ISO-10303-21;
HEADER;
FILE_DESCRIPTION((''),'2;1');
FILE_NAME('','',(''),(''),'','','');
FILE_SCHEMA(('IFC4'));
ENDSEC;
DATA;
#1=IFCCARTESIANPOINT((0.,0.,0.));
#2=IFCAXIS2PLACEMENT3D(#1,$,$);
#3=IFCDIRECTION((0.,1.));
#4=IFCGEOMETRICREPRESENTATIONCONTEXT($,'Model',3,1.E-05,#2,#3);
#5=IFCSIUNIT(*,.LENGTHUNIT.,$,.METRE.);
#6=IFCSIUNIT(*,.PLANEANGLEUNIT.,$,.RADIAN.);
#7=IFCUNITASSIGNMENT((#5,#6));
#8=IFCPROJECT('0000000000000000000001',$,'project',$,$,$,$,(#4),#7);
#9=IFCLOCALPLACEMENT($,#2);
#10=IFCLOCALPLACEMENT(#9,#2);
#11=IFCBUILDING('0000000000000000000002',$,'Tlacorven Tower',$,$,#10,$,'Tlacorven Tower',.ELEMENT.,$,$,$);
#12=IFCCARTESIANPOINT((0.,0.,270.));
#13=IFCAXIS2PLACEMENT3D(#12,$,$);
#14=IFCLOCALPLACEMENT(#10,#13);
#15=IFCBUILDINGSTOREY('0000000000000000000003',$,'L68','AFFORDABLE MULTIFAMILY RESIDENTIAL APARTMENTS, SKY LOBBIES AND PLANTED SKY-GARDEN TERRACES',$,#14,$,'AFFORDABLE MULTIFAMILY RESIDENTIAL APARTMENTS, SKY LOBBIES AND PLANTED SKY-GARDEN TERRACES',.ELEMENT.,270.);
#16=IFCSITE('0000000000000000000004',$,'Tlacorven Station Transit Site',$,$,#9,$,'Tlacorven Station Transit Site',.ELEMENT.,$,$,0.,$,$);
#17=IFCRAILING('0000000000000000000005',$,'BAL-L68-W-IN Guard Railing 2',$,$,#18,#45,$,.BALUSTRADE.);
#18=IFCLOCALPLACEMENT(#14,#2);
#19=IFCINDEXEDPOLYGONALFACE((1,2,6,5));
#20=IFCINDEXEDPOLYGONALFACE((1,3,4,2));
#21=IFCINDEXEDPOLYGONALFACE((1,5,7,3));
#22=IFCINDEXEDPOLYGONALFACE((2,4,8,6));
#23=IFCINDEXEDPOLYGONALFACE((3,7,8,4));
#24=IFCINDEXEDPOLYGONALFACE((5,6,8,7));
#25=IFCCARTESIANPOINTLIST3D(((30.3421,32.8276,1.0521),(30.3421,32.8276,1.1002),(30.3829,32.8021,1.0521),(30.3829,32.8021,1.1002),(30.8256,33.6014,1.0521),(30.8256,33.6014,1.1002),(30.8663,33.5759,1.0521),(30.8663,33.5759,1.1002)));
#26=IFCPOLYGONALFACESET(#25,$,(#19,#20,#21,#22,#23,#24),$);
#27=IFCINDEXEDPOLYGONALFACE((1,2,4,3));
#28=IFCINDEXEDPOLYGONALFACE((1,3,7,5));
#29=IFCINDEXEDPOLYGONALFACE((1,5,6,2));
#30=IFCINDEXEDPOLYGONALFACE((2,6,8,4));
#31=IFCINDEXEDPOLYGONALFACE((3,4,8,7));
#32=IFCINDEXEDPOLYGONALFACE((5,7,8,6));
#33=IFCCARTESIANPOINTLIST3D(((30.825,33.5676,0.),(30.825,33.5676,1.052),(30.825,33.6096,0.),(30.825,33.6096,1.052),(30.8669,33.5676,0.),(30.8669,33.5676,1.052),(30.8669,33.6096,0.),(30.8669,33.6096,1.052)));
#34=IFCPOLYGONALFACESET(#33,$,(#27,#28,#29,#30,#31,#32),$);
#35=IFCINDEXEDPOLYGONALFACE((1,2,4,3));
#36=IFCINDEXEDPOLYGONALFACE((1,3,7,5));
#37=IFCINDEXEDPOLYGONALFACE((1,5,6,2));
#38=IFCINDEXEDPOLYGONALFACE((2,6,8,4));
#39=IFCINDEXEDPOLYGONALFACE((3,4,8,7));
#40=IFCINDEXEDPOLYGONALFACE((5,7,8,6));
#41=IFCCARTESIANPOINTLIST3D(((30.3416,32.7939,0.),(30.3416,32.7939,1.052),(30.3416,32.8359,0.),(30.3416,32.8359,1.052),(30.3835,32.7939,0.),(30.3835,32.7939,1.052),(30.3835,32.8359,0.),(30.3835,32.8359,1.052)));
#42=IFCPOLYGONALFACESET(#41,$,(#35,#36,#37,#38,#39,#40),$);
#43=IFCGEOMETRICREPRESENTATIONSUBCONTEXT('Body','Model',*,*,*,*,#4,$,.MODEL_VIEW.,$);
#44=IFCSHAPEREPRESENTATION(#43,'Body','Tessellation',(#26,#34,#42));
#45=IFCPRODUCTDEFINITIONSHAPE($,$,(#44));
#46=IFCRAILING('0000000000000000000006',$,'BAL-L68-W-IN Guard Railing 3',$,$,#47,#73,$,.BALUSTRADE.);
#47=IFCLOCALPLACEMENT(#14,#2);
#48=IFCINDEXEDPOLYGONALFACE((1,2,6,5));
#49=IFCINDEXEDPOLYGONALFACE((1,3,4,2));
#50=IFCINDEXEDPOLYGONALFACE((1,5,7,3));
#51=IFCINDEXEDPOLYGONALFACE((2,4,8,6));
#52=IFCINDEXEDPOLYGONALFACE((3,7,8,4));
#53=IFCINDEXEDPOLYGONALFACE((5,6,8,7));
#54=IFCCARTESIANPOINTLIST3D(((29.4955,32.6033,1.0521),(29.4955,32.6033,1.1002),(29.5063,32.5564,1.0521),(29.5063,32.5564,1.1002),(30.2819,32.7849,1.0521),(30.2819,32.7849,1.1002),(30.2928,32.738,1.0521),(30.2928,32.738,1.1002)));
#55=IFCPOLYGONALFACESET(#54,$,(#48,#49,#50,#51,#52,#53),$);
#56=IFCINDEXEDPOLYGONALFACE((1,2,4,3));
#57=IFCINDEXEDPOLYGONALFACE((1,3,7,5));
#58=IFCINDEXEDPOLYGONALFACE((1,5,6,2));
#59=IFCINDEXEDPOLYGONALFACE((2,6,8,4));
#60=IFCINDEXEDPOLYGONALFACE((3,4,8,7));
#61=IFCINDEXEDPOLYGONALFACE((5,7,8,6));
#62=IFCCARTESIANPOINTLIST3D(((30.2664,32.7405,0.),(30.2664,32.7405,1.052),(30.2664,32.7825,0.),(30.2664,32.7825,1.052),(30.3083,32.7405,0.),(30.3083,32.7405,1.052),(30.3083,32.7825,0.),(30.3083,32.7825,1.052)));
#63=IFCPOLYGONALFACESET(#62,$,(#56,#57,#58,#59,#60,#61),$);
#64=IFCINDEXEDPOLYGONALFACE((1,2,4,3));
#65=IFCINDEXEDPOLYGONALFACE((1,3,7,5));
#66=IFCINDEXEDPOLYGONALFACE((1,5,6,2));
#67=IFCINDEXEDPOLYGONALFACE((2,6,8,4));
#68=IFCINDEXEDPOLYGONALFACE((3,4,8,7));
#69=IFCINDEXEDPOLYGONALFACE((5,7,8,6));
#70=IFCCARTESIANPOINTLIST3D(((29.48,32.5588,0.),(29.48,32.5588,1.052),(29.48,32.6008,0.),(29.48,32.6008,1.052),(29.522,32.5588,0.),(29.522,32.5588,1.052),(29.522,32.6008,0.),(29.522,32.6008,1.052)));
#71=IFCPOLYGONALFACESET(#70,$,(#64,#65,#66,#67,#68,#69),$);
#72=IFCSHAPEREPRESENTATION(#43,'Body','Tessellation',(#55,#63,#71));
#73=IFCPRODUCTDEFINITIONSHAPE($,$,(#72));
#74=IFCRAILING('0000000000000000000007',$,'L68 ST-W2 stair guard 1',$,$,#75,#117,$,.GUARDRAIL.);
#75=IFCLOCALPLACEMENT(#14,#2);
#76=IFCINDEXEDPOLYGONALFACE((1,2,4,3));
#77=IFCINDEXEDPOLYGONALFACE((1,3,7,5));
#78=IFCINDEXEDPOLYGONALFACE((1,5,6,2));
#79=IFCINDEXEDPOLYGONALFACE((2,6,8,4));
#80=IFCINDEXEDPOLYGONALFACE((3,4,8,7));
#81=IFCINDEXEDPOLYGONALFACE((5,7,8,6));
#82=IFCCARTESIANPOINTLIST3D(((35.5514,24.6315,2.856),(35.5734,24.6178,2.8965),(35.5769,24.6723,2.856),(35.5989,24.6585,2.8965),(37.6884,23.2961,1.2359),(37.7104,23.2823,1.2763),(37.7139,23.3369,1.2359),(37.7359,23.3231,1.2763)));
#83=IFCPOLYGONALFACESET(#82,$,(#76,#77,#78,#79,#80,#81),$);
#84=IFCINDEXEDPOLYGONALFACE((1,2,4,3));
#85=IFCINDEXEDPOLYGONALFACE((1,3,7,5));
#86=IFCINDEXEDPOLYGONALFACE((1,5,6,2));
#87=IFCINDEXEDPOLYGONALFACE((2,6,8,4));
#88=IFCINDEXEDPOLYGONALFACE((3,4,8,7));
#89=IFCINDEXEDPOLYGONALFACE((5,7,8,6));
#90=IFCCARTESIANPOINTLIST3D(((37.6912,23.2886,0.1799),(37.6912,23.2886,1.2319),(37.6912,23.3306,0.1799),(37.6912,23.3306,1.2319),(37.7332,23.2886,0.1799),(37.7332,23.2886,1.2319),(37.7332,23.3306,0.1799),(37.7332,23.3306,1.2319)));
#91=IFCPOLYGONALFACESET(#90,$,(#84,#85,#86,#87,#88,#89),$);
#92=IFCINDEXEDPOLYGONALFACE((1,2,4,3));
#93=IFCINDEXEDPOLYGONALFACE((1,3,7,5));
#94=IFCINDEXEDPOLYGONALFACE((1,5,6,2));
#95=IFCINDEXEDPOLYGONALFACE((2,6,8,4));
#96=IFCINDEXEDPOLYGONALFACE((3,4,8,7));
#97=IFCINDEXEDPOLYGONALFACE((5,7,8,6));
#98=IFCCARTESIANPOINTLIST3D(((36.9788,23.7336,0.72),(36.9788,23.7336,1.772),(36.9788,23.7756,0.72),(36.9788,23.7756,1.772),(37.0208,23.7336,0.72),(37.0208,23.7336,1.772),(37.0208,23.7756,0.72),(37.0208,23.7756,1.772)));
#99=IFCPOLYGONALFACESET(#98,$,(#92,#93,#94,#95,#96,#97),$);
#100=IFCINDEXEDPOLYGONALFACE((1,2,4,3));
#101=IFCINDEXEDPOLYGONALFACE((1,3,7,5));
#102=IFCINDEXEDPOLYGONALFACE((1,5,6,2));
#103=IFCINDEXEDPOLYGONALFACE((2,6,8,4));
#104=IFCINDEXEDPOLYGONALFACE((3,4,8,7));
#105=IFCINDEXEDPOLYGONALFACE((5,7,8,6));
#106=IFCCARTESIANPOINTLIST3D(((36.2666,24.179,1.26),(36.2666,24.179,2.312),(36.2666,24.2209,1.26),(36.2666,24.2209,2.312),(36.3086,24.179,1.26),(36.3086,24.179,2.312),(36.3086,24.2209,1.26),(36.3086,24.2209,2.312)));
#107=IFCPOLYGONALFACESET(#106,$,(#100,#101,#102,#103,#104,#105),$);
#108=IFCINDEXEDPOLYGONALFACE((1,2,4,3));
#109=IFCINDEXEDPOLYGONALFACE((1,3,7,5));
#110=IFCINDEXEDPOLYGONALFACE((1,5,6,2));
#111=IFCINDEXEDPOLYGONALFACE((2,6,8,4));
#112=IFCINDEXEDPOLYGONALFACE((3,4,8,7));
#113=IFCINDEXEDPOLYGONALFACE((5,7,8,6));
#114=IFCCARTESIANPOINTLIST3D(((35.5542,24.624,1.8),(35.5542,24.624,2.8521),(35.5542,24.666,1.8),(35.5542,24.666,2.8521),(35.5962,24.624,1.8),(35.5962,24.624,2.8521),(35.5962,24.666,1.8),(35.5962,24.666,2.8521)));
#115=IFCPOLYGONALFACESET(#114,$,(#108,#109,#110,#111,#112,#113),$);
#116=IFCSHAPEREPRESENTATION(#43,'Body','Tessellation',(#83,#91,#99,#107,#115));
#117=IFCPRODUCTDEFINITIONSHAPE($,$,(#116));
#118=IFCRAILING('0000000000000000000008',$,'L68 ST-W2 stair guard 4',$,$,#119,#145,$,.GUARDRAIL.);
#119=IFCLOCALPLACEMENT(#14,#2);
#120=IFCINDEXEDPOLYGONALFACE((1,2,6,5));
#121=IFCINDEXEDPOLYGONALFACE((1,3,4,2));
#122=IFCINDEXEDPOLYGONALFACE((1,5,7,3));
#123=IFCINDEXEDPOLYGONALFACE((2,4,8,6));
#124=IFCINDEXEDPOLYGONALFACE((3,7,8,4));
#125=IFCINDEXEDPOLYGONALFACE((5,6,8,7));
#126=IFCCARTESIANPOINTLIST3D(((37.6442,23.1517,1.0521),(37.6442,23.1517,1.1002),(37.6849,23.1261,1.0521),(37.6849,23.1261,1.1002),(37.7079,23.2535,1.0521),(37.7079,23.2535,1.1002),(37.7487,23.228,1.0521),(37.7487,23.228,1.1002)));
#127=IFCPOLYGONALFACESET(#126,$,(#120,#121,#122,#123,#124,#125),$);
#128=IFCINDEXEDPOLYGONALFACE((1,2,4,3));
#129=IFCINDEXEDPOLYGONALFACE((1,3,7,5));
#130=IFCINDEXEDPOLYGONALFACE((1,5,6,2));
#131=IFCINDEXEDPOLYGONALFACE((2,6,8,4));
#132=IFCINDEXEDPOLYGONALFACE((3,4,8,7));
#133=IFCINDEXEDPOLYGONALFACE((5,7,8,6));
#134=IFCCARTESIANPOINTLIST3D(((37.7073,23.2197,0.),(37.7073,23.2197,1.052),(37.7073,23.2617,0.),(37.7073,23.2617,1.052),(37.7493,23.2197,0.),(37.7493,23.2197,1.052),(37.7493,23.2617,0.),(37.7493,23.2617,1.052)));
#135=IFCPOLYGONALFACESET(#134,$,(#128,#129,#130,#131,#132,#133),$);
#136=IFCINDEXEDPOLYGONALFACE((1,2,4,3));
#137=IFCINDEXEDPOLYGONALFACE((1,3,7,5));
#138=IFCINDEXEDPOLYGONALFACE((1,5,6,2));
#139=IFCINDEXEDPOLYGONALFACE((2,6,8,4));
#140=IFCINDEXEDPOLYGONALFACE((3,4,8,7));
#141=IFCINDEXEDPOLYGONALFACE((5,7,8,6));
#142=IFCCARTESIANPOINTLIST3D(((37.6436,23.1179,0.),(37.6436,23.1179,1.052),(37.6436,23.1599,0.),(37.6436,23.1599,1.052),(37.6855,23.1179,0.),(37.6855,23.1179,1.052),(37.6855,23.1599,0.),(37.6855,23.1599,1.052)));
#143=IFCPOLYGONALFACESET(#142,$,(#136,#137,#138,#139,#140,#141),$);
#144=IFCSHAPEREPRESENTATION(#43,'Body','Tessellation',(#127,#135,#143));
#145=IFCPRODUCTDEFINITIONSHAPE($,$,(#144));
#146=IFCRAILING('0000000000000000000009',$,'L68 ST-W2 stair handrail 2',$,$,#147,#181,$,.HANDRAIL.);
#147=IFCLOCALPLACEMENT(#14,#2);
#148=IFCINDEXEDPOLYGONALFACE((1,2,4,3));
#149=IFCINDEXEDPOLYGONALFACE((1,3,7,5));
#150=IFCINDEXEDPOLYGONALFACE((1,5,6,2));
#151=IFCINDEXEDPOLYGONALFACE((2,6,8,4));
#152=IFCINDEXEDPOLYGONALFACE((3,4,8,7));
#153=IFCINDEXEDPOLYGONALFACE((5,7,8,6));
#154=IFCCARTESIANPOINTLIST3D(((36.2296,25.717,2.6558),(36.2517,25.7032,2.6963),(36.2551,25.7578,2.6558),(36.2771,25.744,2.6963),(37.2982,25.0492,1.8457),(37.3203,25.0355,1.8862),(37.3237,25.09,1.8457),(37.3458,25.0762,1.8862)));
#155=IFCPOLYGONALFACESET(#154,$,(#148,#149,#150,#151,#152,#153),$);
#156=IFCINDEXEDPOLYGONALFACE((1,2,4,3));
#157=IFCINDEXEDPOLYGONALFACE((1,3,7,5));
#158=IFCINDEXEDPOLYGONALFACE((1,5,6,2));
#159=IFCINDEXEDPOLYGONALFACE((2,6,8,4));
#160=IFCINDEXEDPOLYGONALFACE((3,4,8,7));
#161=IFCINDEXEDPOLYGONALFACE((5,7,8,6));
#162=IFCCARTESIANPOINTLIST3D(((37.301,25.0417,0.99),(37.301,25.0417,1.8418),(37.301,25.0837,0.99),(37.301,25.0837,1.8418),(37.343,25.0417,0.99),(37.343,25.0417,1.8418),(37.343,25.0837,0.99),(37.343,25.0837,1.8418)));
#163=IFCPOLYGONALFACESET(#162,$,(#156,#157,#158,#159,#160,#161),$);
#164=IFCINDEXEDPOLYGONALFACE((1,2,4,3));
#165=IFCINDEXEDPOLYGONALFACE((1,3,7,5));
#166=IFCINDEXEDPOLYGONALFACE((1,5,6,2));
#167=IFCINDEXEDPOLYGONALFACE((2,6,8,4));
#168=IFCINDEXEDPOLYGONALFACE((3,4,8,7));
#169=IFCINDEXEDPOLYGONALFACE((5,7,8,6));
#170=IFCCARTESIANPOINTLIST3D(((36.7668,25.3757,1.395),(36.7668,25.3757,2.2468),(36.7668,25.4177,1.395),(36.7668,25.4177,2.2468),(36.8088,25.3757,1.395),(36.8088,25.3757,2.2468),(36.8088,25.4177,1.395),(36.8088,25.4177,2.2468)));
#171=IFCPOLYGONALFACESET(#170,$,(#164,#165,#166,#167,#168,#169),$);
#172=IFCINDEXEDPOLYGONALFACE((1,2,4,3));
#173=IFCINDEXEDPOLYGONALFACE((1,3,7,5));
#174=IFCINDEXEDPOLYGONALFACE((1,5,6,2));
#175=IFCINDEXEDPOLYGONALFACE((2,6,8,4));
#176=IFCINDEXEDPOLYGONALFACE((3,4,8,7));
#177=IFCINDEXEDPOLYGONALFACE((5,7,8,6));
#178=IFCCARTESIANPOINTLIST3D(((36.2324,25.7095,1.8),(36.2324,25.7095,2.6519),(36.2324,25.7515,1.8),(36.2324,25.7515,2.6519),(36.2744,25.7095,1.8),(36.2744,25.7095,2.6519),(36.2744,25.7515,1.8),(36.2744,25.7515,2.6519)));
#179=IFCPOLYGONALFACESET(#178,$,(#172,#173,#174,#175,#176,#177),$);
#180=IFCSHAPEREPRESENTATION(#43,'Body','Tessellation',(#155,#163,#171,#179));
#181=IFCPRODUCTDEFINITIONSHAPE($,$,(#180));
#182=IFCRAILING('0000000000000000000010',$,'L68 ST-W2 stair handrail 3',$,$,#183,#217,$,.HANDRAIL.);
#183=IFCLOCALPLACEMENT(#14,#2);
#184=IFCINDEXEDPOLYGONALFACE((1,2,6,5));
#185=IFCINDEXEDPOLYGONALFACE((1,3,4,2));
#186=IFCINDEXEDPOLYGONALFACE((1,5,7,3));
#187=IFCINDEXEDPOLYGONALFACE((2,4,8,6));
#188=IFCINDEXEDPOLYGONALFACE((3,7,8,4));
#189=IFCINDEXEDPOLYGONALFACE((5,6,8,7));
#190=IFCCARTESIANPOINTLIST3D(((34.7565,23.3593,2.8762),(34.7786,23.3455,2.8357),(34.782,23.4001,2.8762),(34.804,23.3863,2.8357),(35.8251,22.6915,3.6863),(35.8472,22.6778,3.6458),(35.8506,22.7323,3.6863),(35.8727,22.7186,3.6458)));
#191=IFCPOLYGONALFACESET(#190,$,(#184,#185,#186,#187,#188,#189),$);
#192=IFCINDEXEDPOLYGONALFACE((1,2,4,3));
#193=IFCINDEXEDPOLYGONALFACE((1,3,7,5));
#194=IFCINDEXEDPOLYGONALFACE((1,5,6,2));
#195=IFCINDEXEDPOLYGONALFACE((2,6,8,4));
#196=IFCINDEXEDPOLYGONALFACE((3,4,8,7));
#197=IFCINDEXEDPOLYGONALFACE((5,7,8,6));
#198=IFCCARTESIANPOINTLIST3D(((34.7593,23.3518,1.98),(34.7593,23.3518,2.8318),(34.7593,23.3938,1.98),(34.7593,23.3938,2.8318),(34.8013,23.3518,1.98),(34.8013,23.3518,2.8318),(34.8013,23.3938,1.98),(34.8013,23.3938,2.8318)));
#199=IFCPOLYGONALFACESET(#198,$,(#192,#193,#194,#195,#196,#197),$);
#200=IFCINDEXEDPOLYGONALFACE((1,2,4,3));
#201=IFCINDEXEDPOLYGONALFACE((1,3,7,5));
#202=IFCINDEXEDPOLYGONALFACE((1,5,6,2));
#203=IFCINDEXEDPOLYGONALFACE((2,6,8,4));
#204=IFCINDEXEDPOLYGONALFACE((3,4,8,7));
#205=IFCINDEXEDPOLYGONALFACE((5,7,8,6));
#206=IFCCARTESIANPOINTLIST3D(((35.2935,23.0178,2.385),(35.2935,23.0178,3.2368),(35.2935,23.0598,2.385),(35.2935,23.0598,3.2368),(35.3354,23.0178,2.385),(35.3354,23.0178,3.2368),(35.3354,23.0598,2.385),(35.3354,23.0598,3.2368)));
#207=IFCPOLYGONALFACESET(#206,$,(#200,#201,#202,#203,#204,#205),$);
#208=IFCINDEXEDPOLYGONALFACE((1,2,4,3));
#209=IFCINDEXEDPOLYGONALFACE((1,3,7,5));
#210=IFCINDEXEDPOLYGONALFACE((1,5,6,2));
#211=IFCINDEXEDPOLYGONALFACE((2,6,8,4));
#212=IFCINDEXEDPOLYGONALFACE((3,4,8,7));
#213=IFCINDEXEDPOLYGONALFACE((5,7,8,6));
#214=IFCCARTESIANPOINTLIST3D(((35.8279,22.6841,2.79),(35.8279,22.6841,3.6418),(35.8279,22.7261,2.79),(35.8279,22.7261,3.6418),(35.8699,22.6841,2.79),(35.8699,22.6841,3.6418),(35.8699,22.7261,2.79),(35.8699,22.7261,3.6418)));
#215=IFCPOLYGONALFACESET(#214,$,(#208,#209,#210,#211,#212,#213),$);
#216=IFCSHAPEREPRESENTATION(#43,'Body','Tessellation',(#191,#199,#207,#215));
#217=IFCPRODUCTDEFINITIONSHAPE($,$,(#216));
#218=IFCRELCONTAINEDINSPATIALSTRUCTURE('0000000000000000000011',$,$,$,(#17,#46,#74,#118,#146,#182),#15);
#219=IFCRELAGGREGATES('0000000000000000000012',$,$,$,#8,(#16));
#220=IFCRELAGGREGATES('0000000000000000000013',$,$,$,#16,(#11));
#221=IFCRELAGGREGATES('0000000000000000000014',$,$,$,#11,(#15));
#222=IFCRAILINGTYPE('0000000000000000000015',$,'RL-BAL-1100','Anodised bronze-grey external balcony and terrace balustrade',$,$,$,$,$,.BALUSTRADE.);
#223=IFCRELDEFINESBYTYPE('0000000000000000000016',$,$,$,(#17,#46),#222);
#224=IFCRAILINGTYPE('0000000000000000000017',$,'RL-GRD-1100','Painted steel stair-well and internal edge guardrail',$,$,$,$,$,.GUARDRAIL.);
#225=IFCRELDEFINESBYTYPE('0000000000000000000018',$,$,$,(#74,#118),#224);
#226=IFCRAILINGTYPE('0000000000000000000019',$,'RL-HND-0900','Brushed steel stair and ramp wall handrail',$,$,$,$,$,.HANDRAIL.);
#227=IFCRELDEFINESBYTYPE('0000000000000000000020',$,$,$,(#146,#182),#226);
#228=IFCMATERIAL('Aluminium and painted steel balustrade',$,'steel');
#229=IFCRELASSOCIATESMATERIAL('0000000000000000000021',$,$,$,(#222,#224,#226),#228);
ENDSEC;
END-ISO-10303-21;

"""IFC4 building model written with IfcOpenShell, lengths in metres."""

from ifc_helpers import new_model, si_unit, direction, frame, origin, origin_2d, place, context, subcontext, project, spatial, rectangle, extrude, source, transform, mapped, material, type_object, element, save


model = new_model("IFC4")

# Units and contexts
model_context = context("Model", 3, precision=1e-05, world=origin(), true_north=direction((0.0, 1.0)))
body_context = subcontext(model_context, "Body", "Model", "MODEL_VIEW")
ifc_project = project(units=[si_unit("LENGTHUNIT", "METRE"), si_unit("PLANEANGLEUNIT", "RADIAN")], contexts=[model_context])

# Site, building, storey
site_placement = place(None, origin())
site = spatial("IfcSite", under=ifc_project, at=site_placement, Name="Tlacorven Station Transit Site", LongName="Tlacorven Station Transit Site", CompositionType="ELEMENT", RefElevation=0.0)
building_placement = place(site_placement, origin())
building = spatial("IfcBuilding", under=site, at=building_placement, Name="Tlacorven Tower", LongName="Tlacorven Tower", CompositionType="ELEMENT")
storey_placement = place(building_placement, frame((0.0, 0.0, 270.0)))
storey = spatial("IfcBuildingStorey", under=building, at=storey_placement, Name="L68", Description="AFFORDABLE MULTIFAMILY RESIDENTIAL APARTMENTS, SKY LOBBIES AND PLANTED SKY-GARDEN TERRACES", LongName="AFFORDABLE MULTIFAMILY RESIDENTIAL APARTMENTS, SKY LOBBIES AND PLANTED SKY-GARDEN TERRACES", CompositionType="ELEMENT", Elevation=270.0)

# Railings
ifc_material_1 = material(Name="Aluminium and painted steel balustrade", Category="steel")
railing_type_1 = type_object("IfcRailingType", Name="RL-BAL-1100", Description="Anodised bronze-grey external balcony and terrace balustrade", PredefinedType="BALUSTRADE", material=ifc_material_1)
shared_shape_1 = source(origin(), body_context, "Body", "SweptSolid", [
    extrude(rectangle(XDim=0.0481, YDim=0.0481, at=origin_2d()), frame((0.0, 0.0, 1.0762), z_axis=(-0.529879, -0.848073, 0.0), x_axis=(0.848073, -0.529879, 0.0)), (0.0, 0.0, 1.0), 0.9124),
    extrude(rectangle(XDim=0.042, YDim=0.042, at=origin_2d()), origin(), (0.0, 0.0, 1.0), 1.052),
    extrude(rectangle(XDim=0.042, YDim=0.042, at=origin_2d()), frame((-0.4834, -0.7737, 0.0)), (0.0, 0.0, 1.0), 1.052),
])
railing_1_placement = place(storey_placement, frame((30.8459, 33.5886, 0.0)))
element("IfcRailing", 1, at=railing_1_placement, inside=storey, type_object=railing_type_1, Name="BAL-L68-W-IN Guard Railing 2", PredefinedType="BALUSTRADE", context=body_context, shape_type="MappedRepresentation", body=[
    mapped(shared_shape_1, transform((0.0, 0.0, 0.0), scale=1.0)),
])
shared_shape_2 = source(origin(), body_context, "Body", "SweptSolid", [
    extrude(rectangle(XDim=0.0481, YDim=0.0481, at=origin_2d()), frame((0.0, 0.0, 1.0762), z_axis=(-0.974345, -0.225058, 0.0), x_axis=(0.225058, -0.974345, 0.0)), (0.0, 0.0, 1.0), 0.8071),
    extrude(rectangle(XDim=0.042, YDim=0.042, at=origin_2d()), origin(), (0.0, 0.0, 1.0), 1.052),
    extrude(rectangle(XDim=0.042, YDim=0.042, at=origin_2d()), frame((-0.7864, -0.1816, 0.0)), (0.0, 0.0, 1.0), 1.052),
])
railing_2_placement = place(storey_placement, frame((30.2874, 32.7615, 0.0)))
element("IfcRailing", 2, at=railing_2_placement, inside=storey, type_object=railing_type_1, Name="BAL-L68-W-IN Guard Railing 3", PredefinedType="BALUSTRADE", context=body_context, shape_type="MappedRepresentation", body=[
    mapped(shared_shape_2, transform((0.0, 0.0, 0.0), scale=1.0)),
])
railing_type_2 = type_object("IfcRailingType", Name="RL-GRD-1100", Description="Painted steel stair-well and internal edge guardrail", PredefinedType="GUARDRAIL", material=ifc_material_1)
shared_shape_3 = source(origin(), body_context, "Body", "SweptSolid", [
    extrude(rectangle(XDim=0.0481, YDim=0.0481, at=origin_2d()), frame((0.0, 0.0, 1.0762), z_axis=(-0.71332, 0.445774, 0.540796), x_axis=(-0.529955, -0.848026, 0.0)), (0.0, 0.0, 1.0), 2.9958),
    extrude(rectangle(XDim=0.042, YDim=0.042, at=origin_2d()), origin(), (0.0, 0.0, 1.0), 1.052),
    extrude(rectangle(XDim=0.042, YDim=0.042, at=origin_2d()), frame((-0.7124, 0.4451, 0.54)), (0.0, 0.0, 1.0), 1.052),
    extrude(rectangle(XDim=0.042, YDim=0.042, at=origin_2d()), frame((-1.4246, 0.8904, 1.0801)), (0.0, 0.0, 1.0), 1.052),
    extrude(rectangle(XDim=0.042, YDim=0.042, at=origin_2d()), frame((-2.137, 1.3354, 1.6201)), (0.0, 0.0, 1.0), 1.052),
])
railing_3_placement = place(storey_placement, frame((37.7122, 23.3096, 0.1799)))
element("IfcRailing", 3, at=railing_3_placement, inside=storey, type_object=railing_type_2, Name="L68 ST-W2 stair guard 1", PredefinedType="GUARDRAIL", context=body_context, shape_type="MappedRepresentation", body=[
    mapped(shared_shape_3, transform((0.0, 0.0, 0.0), scale=1.0)),
])
shared_shape_4 = source(origin(), body_context, "Body", "SweptSolid", [
    extrude(rectangle(XDim=0.0481, YDim=0.0481, at=origin_2d()), frame((0.0, 0.0, 1.0762), z_axis=(-0.530547, -0.847656, 0.0), x_axis=(0.847656, -0.530547, 0.0)), (0.0, 0.0, 1.0), 0.1201),
    extrude(rectangle(XDim=0.042, YDim=0.042, at=origin_2d()), origin(), (0.0, 0.0, 1.0), 1.052),
    extrude(rectangle(XDim=0.042, YDim=0.042, at=origin_2d()), frame((-0.0637, -0.1018, 0.0)), (0.0, 0.0, 1.0), 1.052),
])
railing_4_placement = place(storey_placement, frame((37.7283, 23.2407, 0.0)))
element("IfcRailing", 4, at=railing_4_placement, inside=storey, type_object=railing_type_2, Name="L68 ST-W2 stair guard 4", PredefinedType="GUARDRAIL", context=body_context, shape_type="MappedRepresentation", body=[
    mapped(shared_shape_4, transform((0.0, 0.0, 0.0), scale=1.0)),
])
railing_type_3 = type_object("IfcRailingType", Name="RL-HND-0900", Description="Brushed steel stair and ramp wall handrail", PredefinedType="HANDRAIL", material=ifc_material_1)
shared_shape_5 = source(origin(), body_context, "Body", "SweptSolid", [
    extrude(rectangle(XDim=0.0481, YDim=0.0481, at=origin_2d()), frame((0.0, 0.0, 0.876), z_axis=(-0.71336, 0.445748, 0.540765), x_axis=(-0.529912, -0.848053, 0.0)), (0.0, 0.0, 1.0), 1.498),
    extrude(rectangle(XDim=0.042, YDim=0.042, at=origin_2d()), origin(), (0.0, 0.0, 1.0), 0.8518),
    extrude(rectangle(XDim=0.042, YDim=0.042, at=origin_2d()), frame((-0.5342, 0.334, 0.405)), (0.0, 0.0, 1.0), 0.8518),
    extrude(rectangle(XDim=0.042, YDim=0.042, at=origin_2d()), frame((-1.0686, 0.6677, 0.8101)), (0.0, 0.0, 1.0), 0.8518),
])
railing_5_placement = place(storey_placement, frame((37.322, 25.0627, 0.99)))
element("IfcRailing", 5, at=railing_5_placement, inside=storey, type_object=railing_type_3, Name="L68 ST-W2 stair handrail 2", PredefinedType="HANDRAIL", context=body_context, shape_type="MappedRepresentation", body=[
    mapped(shared_shape_5, transform((0.0, 0.0, 0.0), scale=1.0)),
])
shared_shape_6 = source(origin(), body_context, "Body", "SweptSolid", [
    extrude(rectangle(XDim=0.0481, YDim=0.0481, at=origin_2d()), frame((0.0, 0.0, 0.876), z_axis=(0.71336, -0.445748, 0.540765), x_axis=(0.529912, 0.848053, 0.0)), (0.0, 0.0, 1.0), 1.498),
    extrude(rectangle(XDim=0.042, YDim=0.042, at=origin_2d()), origin(), (0.0, 0.0, 1.0), 0.8518),
    extrude(rectangle(XDim=0.042, YDim=0.042, at=origin_2d()), frame((0.5342, -0.334, 0.405)), (0.0, 0.0, 1.0), 0.8518),
    extrude(rectangle(XDim=0.042, YDim=0.042, at=origin_2d()), frame((1.0686, -0.6677, 0.8101)), (0.0, 0.0, 1.0), 0.8518),
])
railing_6_placement = place(storey_placement, frame((34.7803, 23.3728, 1.98)))
element("IfcRailing", 6, at=railing_6_placement, inside=storey, type_object=railing_type_3, Name="L68 ST-W2 stair handrail 3", PredefinedType="HANDRAIL", context=body_context, shape_type="MappedRepresentation", body=[
    mapped(shared_shape_6, transform((0.0, 0.0, 0.0), scale=1.0)),
])

save(model, "model.ifc")
